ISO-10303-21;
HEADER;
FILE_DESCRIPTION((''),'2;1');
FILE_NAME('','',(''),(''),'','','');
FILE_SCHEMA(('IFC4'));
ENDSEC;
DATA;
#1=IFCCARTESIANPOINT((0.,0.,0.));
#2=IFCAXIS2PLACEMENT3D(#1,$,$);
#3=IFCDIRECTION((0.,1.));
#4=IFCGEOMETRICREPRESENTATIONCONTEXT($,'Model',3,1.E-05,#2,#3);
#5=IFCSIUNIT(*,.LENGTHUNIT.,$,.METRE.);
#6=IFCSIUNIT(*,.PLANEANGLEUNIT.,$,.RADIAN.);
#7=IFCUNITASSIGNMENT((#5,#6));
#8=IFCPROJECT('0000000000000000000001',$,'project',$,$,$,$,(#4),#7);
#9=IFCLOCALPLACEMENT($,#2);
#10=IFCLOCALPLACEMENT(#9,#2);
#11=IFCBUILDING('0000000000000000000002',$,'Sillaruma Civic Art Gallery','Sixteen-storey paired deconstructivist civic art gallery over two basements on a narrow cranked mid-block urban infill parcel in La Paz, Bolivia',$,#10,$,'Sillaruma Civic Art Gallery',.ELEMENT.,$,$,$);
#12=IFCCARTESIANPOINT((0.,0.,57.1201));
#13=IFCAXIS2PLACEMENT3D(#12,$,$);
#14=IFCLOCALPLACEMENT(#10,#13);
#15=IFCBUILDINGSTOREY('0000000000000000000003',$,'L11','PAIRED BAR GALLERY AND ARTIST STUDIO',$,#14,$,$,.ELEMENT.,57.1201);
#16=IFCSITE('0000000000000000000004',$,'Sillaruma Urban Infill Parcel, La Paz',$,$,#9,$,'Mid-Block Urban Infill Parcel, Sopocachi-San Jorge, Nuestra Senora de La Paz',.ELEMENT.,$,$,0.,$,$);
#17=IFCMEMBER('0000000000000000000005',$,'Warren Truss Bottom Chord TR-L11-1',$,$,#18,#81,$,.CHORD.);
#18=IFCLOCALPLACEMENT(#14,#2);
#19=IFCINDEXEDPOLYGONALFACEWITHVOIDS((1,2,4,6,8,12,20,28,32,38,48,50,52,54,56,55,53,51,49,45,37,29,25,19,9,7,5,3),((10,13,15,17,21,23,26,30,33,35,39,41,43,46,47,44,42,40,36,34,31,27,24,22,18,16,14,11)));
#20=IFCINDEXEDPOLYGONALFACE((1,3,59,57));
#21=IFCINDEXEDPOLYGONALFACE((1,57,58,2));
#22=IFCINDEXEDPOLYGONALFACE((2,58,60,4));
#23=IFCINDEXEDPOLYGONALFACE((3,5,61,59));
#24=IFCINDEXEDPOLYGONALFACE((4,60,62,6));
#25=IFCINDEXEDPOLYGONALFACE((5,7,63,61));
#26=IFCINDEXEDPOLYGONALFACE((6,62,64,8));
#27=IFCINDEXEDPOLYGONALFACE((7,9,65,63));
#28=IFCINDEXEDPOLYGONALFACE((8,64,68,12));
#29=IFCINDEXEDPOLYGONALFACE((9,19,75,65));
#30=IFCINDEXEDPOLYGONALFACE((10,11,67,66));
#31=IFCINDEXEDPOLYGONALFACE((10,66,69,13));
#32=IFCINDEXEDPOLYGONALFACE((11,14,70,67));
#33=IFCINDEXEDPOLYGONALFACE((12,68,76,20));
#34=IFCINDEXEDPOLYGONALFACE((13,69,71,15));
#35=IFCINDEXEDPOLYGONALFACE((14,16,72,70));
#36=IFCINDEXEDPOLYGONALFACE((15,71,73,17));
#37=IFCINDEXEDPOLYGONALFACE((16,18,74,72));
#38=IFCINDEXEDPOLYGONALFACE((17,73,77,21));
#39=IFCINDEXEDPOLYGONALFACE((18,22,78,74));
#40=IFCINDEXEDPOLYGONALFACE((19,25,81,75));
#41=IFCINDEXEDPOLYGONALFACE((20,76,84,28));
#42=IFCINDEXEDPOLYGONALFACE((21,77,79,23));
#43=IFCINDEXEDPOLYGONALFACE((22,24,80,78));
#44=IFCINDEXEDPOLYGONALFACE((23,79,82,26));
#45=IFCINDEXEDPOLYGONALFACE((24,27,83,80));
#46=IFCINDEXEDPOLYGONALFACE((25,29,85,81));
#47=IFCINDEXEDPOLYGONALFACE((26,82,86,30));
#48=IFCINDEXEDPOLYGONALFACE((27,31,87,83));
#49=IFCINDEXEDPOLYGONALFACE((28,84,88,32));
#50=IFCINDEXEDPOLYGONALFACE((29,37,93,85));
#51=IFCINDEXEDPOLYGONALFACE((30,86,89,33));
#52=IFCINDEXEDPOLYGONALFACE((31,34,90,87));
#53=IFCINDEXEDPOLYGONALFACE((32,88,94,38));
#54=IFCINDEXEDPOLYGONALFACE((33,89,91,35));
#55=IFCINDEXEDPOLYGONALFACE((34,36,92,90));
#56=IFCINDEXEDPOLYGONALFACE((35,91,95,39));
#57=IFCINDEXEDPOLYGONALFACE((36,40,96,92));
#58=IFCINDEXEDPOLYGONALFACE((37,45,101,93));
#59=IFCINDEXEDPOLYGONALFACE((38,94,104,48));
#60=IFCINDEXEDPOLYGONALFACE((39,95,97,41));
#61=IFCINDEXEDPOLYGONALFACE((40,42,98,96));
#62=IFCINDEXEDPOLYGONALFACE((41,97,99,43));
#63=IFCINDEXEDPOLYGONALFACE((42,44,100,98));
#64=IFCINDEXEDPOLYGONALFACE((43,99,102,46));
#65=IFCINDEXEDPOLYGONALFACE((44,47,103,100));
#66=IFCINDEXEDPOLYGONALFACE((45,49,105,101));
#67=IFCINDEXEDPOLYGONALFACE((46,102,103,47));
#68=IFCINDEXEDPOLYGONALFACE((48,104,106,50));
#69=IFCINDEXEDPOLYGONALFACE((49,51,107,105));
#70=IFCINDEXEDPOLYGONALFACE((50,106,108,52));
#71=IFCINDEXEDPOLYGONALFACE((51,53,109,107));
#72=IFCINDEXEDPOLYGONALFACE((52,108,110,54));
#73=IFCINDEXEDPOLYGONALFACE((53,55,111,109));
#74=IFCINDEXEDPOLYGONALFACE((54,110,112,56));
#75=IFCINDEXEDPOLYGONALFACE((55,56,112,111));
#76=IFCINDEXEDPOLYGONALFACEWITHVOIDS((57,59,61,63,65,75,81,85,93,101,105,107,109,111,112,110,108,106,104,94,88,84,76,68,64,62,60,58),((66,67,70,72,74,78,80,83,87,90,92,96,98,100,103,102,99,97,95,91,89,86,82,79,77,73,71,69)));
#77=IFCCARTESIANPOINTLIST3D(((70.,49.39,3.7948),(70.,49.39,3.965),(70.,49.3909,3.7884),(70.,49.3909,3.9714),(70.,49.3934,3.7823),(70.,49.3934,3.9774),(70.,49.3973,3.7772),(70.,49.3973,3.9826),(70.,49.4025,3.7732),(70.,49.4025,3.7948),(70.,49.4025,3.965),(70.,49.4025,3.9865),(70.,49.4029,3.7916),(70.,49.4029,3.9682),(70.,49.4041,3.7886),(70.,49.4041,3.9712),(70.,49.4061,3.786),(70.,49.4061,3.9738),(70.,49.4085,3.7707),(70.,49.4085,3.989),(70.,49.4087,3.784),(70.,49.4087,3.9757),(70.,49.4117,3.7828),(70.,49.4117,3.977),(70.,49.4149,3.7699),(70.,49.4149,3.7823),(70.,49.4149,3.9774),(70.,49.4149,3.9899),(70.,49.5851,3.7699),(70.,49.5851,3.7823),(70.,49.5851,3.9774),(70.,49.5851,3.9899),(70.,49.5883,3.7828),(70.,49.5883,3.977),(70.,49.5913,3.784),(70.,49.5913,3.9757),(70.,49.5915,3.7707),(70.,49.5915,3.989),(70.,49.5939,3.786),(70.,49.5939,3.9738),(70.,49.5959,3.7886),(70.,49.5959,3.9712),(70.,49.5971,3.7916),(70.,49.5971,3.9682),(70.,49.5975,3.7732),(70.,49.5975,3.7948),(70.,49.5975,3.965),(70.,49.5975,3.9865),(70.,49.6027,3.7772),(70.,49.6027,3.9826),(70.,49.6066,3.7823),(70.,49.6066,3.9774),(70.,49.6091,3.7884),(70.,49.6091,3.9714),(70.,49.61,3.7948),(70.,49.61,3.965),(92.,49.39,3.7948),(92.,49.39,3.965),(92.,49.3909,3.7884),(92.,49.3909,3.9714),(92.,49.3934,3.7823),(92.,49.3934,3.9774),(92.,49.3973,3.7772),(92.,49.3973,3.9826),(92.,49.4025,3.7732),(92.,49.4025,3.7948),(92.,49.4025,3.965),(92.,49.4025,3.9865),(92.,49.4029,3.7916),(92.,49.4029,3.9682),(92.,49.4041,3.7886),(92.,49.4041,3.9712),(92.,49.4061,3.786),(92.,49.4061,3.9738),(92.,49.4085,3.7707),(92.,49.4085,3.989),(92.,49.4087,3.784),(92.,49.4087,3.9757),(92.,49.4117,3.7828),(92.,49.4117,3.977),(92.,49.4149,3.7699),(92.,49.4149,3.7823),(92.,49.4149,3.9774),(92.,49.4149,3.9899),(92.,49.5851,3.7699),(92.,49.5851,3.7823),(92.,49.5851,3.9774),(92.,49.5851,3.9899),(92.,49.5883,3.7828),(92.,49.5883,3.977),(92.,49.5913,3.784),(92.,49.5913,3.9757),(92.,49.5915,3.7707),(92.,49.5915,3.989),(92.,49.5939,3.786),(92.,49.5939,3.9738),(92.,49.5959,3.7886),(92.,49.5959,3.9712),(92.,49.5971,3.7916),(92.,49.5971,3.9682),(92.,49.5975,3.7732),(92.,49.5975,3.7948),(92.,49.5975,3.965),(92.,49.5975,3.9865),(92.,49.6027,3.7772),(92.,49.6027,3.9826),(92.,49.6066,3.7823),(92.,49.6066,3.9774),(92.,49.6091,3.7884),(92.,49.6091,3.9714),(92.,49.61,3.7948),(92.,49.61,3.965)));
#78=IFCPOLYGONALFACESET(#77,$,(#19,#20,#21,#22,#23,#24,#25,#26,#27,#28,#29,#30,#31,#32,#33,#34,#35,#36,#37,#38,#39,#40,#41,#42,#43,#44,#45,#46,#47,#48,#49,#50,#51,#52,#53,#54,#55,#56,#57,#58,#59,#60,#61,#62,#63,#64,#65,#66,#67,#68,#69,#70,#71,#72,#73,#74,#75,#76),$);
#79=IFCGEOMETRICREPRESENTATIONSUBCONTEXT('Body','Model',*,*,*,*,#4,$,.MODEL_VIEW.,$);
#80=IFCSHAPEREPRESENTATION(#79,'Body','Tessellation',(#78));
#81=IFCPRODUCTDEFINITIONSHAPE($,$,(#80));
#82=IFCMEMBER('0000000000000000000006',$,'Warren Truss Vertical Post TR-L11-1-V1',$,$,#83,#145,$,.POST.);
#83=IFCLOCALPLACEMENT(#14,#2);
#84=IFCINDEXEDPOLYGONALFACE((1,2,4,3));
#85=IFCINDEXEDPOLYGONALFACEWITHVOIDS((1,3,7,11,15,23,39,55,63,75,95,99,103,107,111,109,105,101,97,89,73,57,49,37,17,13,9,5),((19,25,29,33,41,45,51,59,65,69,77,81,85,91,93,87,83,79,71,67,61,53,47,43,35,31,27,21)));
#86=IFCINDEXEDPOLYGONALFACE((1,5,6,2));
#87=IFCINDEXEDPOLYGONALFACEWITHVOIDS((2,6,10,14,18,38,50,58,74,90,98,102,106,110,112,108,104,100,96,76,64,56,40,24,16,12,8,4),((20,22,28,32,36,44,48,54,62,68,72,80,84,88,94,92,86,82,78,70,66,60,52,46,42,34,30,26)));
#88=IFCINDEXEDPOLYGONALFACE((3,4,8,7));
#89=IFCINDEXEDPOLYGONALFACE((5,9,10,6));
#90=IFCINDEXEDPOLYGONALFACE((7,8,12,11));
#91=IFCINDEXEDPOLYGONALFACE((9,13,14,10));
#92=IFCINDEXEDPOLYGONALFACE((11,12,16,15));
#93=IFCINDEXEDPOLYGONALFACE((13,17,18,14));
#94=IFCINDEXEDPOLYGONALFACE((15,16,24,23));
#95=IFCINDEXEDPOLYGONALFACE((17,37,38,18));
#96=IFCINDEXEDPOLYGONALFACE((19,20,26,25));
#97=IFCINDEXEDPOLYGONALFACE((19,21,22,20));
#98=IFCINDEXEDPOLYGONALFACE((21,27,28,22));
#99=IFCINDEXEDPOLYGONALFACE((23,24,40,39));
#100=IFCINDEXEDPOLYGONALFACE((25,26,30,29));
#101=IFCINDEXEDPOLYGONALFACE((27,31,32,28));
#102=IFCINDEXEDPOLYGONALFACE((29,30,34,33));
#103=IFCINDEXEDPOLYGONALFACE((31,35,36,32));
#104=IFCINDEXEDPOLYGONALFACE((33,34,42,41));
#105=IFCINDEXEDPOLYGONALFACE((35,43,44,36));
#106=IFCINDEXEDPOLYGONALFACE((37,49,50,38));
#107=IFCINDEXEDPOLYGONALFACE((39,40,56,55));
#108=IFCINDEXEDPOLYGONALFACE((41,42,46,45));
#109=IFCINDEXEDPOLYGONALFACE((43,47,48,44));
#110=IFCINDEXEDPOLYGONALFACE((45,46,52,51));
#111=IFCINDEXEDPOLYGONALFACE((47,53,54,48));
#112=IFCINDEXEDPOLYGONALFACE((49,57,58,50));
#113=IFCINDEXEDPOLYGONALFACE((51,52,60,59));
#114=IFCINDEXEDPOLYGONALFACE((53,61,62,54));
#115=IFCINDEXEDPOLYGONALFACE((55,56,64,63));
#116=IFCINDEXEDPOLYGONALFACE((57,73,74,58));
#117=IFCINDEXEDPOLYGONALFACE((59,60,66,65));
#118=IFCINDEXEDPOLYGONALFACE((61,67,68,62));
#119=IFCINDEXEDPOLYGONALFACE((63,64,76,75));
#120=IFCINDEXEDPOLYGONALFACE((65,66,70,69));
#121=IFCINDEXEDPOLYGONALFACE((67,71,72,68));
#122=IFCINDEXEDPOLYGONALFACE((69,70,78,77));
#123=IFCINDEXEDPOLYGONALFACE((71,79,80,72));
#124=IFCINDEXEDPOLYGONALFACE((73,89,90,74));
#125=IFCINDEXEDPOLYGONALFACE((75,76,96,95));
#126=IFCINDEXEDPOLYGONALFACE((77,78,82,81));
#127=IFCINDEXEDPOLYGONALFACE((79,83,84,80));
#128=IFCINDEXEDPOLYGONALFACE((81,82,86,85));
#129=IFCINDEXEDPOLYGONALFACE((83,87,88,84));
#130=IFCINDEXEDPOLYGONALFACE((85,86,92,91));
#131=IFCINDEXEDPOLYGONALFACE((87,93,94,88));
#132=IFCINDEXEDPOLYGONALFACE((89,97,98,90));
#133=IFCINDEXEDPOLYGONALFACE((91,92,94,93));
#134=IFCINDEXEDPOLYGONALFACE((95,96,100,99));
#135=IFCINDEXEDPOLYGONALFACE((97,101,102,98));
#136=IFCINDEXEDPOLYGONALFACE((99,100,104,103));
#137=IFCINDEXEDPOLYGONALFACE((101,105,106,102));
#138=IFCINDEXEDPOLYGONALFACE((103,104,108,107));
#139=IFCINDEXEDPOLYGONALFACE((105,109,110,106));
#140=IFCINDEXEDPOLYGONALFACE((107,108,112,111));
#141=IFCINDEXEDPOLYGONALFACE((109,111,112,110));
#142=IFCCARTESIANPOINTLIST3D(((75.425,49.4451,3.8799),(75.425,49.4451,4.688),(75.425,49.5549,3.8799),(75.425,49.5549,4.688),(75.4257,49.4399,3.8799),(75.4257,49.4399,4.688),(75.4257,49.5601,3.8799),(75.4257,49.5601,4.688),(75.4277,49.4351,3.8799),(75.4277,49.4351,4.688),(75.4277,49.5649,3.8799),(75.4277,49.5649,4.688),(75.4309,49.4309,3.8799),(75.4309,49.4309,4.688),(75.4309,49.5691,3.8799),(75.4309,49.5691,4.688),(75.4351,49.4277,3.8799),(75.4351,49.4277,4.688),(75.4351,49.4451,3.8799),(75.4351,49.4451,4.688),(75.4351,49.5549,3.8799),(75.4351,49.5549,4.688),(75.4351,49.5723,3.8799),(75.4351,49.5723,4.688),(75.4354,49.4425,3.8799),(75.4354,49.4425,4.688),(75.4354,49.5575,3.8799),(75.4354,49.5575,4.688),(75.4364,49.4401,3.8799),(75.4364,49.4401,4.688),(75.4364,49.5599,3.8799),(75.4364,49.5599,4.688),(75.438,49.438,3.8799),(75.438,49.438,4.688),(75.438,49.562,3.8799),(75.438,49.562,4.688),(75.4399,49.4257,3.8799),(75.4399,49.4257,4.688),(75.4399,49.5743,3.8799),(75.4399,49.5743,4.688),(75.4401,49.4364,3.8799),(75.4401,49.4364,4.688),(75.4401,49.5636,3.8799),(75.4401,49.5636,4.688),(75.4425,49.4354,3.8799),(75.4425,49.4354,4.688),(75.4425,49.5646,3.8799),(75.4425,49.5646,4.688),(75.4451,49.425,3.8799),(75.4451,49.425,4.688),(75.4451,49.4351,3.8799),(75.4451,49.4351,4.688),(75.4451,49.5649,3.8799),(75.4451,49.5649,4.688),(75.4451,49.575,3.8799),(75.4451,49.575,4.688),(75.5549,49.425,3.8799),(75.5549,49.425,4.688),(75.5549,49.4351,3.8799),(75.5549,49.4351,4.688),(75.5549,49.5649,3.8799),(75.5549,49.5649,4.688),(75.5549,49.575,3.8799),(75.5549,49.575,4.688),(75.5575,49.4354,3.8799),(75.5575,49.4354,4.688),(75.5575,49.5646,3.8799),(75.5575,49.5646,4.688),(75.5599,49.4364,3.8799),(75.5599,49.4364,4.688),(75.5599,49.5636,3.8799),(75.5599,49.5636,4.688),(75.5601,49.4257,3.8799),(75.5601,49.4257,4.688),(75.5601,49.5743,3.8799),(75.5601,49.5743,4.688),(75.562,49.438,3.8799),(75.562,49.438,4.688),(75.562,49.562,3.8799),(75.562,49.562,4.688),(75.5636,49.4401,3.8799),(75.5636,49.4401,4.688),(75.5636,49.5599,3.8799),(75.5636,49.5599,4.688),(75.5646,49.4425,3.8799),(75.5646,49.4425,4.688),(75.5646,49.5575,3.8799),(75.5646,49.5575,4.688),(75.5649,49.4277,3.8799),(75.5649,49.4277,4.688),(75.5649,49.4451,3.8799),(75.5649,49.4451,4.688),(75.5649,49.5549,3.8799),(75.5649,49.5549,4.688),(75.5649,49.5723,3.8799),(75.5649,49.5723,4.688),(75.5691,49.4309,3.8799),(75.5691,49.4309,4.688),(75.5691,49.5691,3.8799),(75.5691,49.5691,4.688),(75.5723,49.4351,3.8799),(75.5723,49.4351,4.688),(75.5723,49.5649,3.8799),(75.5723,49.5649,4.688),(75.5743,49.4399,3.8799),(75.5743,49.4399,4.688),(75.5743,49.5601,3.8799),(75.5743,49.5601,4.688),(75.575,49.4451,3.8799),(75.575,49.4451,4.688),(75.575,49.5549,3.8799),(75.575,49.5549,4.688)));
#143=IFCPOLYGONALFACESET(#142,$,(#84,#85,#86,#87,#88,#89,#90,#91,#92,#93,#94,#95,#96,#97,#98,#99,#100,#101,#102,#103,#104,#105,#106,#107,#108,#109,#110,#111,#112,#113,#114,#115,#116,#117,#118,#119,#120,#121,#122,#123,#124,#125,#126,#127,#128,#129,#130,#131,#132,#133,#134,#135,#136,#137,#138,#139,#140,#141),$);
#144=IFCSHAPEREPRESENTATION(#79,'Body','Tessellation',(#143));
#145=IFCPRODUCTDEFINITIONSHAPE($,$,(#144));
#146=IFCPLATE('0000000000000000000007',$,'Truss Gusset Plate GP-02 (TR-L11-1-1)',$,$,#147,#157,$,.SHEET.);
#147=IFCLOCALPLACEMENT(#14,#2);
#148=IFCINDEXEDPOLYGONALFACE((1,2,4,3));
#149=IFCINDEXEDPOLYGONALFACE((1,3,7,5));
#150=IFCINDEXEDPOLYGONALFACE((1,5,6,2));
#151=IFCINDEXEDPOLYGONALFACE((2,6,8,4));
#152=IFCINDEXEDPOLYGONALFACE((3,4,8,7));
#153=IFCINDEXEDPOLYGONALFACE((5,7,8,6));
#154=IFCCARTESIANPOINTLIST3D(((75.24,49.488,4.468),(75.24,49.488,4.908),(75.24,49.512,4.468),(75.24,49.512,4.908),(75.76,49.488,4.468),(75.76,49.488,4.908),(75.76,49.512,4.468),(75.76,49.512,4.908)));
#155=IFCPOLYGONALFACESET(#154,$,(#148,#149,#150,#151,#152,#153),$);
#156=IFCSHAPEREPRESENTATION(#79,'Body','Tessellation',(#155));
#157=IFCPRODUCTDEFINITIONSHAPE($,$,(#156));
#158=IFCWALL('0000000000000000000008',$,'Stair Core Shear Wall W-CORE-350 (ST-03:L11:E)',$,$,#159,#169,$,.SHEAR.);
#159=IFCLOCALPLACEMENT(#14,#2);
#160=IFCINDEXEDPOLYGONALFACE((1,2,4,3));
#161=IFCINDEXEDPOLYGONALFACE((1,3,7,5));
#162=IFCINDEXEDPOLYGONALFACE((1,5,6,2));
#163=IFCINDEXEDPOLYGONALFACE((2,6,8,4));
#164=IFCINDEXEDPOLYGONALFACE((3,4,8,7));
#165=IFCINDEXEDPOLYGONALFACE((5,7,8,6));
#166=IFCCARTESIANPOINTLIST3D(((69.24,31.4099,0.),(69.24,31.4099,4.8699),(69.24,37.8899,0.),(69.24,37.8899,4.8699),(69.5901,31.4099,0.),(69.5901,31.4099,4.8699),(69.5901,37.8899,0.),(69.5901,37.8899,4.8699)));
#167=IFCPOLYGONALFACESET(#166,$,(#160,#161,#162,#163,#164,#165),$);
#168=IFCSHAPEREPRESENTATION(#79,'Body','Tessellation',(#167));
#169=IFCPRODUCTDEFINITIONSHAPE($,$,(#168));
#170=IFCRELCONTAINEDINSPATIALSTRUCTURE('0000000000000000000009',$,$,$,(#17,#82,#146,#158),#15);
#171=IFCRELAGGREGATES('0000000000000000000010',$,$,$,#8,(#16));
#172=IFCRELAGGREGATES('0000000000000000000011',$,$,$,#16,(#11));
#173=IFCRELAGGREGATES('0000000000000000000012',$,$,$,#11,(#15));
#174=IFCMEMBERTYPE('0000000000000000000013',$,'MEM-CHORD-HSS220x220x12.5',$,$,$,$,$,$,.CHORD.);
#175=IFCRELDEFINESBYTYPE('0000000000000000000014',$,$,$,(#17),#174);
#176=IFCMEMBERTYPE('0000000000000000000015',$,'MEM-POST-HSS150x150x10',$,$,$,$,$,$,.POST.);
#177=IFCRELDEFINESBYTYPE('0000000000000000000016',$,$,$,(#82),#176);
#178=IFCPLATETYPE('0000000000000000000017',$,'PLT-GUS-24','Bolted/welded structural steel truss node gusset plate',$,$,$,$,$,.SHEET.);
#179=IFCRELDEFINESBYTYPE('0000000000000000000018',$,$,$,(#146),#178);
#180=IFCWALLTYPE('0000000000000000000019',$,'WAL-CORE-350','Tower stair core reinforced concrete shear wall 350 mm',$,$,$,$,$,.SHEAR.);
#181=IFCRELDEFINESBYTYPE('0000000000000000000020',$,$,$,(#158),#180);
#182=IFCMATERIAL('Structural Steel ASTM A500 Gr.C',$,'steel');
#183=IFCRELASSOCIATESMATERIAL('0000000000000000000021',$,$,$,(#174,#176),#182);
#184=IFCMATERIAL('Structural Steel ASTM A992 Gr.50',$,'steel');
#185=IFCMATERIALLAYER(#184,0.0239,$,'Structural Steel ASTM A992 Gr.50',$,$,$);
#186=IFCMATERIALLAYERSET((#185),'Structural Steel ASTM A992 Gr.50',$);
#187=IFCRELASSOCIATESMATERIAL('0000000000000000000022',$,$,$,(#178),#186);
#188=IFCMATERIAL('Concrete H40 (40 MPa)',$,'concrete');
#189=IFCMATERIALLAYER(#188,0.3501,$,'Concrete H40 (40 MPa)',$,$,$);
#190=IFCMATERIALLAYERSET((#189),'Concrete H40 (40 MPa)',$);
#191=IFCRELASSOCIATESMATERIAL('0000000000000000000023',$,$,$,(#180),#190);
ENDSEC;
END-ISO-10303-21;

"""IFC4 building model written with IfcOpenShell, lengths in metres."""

from ifc_helpers import new_model, si_unit, direction, frame, frame_2d, origin, origin_2d, place, context, subcontext, project, spatial, rectangle, hollow_rectangle, extrude, material, layer, layer_set, material_profile, profile_set, type_object, element, save


model = new_model("IFC4")

# Units and contexts
model_context = context("Model", 3, precision=1e-05, world=origin(), true_north=direction((0.0, 1.0)))
body_context = subcontext(model_context, "Body", "Model", "MODEL_VIEW")
ifc_project = project(units=[si_unit("LENGTHUNIT", "METRE"), si_unit("PLANEANGLEUNIT", "RADIAN")], contexts=[model_context])

# Site, building, storey
site_placement = place(None, origin())
site = spatial("IfcSite", under=ifc_project, at=site_placement, Name="Sillaruma Urban Infill Parcel, La Paz", LongName="Mid-Block Urban Infill Parcel, Sopocachi-San Jorge, Nuestra Senora de La Paz", CompositionType="ELEMENT", RefElevation=0.0)
building_placement = place(site_placement, origin())
building = spatial("IfcBuilding", under=site, at=building_placement, Name="Sillaruma Civic Art Gallery", Description="Sixteen-storey paired deconstructivist civic art gallery over two basements on a narrow cranked mid-block urban infill parcel in La Paz, Bolivia", LongName="Sillaruma Civic Art Gallery", CompositionType="ELEMENT")
storey_placement = place(building_placement, frame((0.0, 0.0, 57.1201)))
storey = spatial("IfcBuildingStorey", under=building, at=storey_placement, Name="L11", Description="PAIRED BAR GALLERY AND ARTIST STUDIO", CompositionType="ELEMENT", Elevation=57.1201)

# Shared definitions
ifc_material_1 = material(Name="Concrete H40 (40 MPa)", Category="concrete")

# Shared definitions
ifc_material_2 = material(Name="Structural Steel ASTM A500 Gr.C", Category="steel")
ifc_material_3 = material(Name="Structural Steel ASTM A992 Gr.50", Category="steel")

# Members
ifc_material_profile_1 = material_profile(ifc_material_2, hollow_rectangle(XDim=0.22, YDim=0.22, WallThickness=0.0125, InnerFilletRadius=0.0125, OuterFilletRadius=0.0249, at=origin_2d()), Name="HSS220x220x12.5")
ifc_profile_set_1 = profile_set([ifc_material_profile_1], Name="Structural Steel ASTM A500 Gr.C")
member_type_1 = type_object("IfcMemberType", Name="MEM-CHORD-HSS220x220x12.5", PredefinedType="CHORD", material=ifc_profile_set_1)
member_1_placement = place(storey_placement, frame((70.0, 49.5, 3.8799), z_axis=(1.0, 0.0, 0.0), x_axis=(0.0, 1.0, 0.0)))
element("IfcMember", 1, at=member_1_placement, inside=storey, type_object=member_type_1, Name="Warren Truss Bottom Chord TR-L11-1", PredefinedType="CHORD", context=body_context, shape_type="SweptSolid", body=[
    extrude(hollow_rectangle(XDim=0.22, YDim=0.22, WallThickness=0.0125, InnerFilletRadius=0.0125, OuterFilletRadius=0.0249, at=origin_2d()), origin(), (0.0, 0.0, 1.0), 22.0),
])
ifc_material_profile_2 = material_profile(ifc_material_2, hollow_rectangle(XDim=0.1499, YDim=0.1499, WallThickness=0.01, InnerFilletRadius=0.01, OuterFilletRadius=0.02, at=origin_2d()), Name="HSS150x150x10")
ifc_profile_set_2 = profile_set([ifc_material_profile_2], Name="Structural Steel ASTM A500 Gr.C")
member_type_2 = type_object("IfcMemberType", Name="MEM-POST-HSS150x150x10", PredefinedType="POST", material=ifc_profile_set_2)
member_2_placement = place(storey_placement, frame((75.5, 49.5, 3.8799), z_axis=(0.0, 0.0, 1.0), x_axis=(1.0, 0.0, 0.0)))
element("IfcMember", 2, at=member_2_placement, inside=storey, type_object=member_type_2, Name="Warren Truss Vertical Post TR-L11-1-V1", PredefinedType="POST", context=body_context, shape_type="SweptSolid", body=[
    extrude(hollow_rectangle(XDim=0.1499, YDim=0.1499, WallThickness=0.01, InnerFilletRadius=0.01, OuterFilletRadius=0.02, at=origin_2d()), origin(), (0.0, 0.0, 1.0), 0.8081),
])

# Plate
ifc_layer_1 = layer(ifc_material_3, 0.0239, Name="Structural Steel ASTM A992 Gr.50")
ifc_layer_set_1 = layer_set([ifc_layer_1], Name="Structural Steel ASTM A992 Gr.50")
plate_type = type_object("IfcPlateType", Name="PLT-GUS-24", Description="Bolted/welded structural steel truss node gusset plate", PredefinedType="SHEET", material=ifc_layer_set_1)
plate_placement = place(storey_placement, frame((75.5, 49.5, 4.468), z_axis=(0.0, 0.0, 1.0), x_axis=(1.0, 0.0, 0.0)))
element("IfcPlate", 3, at=plate_placement, inside=storey, type_object=plate_type, Name="Truss Gusset Plate GP-02 (TR-L11-1-1)", PredefinedType="SHEET", context=body_context, shape_type="SweptSolid", body=[
    extrude(rectangle(XDim=0.52, YDim=0.0239, at=origin_2d()), origin(), (0.0, 0.0, 1.0), 0.4399),
])

# Wall
ifc_layer_2 = layer(ifc_material_1, 0.3501, Name="Concrete H40 (40 MPa)")
ifc_layer_set_2 = layer_set([ifc_layer_2], Name="Concrete H40 (40 MPa)")
wall_type_1 = type_object("IfcWallType", Name="WAL-CORE-350", Description="Tower stair core reinforced concrete shear wall 350 mm", PredefinedType="SHEAR", material=ifc_layer_set_2)
wall_1_placement = place(storey_placement, frame((69.415, 31.4099, 0.0), z_axis=(0.0, 0.0, 1.0), x_axis=(0.0, 1.0, 0.0)))
element("IfcWall", 4, at=wall_1_placement, inside=storey, type_object=wall_type_1, Name="Stair Core Shear Wall W-CORE-350 (ST-03:L11:E)", PredefinedType="SHEAR", context=body_context, shape_type="SweptSolid", body=[
    extrude(rectangle(XDim=6.48, YDim=0.3501, at=frame_2d((3.24, 0.0))), origin(), (0.0, 0.0, 1.0), 4.8699),
])

save(model, "model.ifc")
